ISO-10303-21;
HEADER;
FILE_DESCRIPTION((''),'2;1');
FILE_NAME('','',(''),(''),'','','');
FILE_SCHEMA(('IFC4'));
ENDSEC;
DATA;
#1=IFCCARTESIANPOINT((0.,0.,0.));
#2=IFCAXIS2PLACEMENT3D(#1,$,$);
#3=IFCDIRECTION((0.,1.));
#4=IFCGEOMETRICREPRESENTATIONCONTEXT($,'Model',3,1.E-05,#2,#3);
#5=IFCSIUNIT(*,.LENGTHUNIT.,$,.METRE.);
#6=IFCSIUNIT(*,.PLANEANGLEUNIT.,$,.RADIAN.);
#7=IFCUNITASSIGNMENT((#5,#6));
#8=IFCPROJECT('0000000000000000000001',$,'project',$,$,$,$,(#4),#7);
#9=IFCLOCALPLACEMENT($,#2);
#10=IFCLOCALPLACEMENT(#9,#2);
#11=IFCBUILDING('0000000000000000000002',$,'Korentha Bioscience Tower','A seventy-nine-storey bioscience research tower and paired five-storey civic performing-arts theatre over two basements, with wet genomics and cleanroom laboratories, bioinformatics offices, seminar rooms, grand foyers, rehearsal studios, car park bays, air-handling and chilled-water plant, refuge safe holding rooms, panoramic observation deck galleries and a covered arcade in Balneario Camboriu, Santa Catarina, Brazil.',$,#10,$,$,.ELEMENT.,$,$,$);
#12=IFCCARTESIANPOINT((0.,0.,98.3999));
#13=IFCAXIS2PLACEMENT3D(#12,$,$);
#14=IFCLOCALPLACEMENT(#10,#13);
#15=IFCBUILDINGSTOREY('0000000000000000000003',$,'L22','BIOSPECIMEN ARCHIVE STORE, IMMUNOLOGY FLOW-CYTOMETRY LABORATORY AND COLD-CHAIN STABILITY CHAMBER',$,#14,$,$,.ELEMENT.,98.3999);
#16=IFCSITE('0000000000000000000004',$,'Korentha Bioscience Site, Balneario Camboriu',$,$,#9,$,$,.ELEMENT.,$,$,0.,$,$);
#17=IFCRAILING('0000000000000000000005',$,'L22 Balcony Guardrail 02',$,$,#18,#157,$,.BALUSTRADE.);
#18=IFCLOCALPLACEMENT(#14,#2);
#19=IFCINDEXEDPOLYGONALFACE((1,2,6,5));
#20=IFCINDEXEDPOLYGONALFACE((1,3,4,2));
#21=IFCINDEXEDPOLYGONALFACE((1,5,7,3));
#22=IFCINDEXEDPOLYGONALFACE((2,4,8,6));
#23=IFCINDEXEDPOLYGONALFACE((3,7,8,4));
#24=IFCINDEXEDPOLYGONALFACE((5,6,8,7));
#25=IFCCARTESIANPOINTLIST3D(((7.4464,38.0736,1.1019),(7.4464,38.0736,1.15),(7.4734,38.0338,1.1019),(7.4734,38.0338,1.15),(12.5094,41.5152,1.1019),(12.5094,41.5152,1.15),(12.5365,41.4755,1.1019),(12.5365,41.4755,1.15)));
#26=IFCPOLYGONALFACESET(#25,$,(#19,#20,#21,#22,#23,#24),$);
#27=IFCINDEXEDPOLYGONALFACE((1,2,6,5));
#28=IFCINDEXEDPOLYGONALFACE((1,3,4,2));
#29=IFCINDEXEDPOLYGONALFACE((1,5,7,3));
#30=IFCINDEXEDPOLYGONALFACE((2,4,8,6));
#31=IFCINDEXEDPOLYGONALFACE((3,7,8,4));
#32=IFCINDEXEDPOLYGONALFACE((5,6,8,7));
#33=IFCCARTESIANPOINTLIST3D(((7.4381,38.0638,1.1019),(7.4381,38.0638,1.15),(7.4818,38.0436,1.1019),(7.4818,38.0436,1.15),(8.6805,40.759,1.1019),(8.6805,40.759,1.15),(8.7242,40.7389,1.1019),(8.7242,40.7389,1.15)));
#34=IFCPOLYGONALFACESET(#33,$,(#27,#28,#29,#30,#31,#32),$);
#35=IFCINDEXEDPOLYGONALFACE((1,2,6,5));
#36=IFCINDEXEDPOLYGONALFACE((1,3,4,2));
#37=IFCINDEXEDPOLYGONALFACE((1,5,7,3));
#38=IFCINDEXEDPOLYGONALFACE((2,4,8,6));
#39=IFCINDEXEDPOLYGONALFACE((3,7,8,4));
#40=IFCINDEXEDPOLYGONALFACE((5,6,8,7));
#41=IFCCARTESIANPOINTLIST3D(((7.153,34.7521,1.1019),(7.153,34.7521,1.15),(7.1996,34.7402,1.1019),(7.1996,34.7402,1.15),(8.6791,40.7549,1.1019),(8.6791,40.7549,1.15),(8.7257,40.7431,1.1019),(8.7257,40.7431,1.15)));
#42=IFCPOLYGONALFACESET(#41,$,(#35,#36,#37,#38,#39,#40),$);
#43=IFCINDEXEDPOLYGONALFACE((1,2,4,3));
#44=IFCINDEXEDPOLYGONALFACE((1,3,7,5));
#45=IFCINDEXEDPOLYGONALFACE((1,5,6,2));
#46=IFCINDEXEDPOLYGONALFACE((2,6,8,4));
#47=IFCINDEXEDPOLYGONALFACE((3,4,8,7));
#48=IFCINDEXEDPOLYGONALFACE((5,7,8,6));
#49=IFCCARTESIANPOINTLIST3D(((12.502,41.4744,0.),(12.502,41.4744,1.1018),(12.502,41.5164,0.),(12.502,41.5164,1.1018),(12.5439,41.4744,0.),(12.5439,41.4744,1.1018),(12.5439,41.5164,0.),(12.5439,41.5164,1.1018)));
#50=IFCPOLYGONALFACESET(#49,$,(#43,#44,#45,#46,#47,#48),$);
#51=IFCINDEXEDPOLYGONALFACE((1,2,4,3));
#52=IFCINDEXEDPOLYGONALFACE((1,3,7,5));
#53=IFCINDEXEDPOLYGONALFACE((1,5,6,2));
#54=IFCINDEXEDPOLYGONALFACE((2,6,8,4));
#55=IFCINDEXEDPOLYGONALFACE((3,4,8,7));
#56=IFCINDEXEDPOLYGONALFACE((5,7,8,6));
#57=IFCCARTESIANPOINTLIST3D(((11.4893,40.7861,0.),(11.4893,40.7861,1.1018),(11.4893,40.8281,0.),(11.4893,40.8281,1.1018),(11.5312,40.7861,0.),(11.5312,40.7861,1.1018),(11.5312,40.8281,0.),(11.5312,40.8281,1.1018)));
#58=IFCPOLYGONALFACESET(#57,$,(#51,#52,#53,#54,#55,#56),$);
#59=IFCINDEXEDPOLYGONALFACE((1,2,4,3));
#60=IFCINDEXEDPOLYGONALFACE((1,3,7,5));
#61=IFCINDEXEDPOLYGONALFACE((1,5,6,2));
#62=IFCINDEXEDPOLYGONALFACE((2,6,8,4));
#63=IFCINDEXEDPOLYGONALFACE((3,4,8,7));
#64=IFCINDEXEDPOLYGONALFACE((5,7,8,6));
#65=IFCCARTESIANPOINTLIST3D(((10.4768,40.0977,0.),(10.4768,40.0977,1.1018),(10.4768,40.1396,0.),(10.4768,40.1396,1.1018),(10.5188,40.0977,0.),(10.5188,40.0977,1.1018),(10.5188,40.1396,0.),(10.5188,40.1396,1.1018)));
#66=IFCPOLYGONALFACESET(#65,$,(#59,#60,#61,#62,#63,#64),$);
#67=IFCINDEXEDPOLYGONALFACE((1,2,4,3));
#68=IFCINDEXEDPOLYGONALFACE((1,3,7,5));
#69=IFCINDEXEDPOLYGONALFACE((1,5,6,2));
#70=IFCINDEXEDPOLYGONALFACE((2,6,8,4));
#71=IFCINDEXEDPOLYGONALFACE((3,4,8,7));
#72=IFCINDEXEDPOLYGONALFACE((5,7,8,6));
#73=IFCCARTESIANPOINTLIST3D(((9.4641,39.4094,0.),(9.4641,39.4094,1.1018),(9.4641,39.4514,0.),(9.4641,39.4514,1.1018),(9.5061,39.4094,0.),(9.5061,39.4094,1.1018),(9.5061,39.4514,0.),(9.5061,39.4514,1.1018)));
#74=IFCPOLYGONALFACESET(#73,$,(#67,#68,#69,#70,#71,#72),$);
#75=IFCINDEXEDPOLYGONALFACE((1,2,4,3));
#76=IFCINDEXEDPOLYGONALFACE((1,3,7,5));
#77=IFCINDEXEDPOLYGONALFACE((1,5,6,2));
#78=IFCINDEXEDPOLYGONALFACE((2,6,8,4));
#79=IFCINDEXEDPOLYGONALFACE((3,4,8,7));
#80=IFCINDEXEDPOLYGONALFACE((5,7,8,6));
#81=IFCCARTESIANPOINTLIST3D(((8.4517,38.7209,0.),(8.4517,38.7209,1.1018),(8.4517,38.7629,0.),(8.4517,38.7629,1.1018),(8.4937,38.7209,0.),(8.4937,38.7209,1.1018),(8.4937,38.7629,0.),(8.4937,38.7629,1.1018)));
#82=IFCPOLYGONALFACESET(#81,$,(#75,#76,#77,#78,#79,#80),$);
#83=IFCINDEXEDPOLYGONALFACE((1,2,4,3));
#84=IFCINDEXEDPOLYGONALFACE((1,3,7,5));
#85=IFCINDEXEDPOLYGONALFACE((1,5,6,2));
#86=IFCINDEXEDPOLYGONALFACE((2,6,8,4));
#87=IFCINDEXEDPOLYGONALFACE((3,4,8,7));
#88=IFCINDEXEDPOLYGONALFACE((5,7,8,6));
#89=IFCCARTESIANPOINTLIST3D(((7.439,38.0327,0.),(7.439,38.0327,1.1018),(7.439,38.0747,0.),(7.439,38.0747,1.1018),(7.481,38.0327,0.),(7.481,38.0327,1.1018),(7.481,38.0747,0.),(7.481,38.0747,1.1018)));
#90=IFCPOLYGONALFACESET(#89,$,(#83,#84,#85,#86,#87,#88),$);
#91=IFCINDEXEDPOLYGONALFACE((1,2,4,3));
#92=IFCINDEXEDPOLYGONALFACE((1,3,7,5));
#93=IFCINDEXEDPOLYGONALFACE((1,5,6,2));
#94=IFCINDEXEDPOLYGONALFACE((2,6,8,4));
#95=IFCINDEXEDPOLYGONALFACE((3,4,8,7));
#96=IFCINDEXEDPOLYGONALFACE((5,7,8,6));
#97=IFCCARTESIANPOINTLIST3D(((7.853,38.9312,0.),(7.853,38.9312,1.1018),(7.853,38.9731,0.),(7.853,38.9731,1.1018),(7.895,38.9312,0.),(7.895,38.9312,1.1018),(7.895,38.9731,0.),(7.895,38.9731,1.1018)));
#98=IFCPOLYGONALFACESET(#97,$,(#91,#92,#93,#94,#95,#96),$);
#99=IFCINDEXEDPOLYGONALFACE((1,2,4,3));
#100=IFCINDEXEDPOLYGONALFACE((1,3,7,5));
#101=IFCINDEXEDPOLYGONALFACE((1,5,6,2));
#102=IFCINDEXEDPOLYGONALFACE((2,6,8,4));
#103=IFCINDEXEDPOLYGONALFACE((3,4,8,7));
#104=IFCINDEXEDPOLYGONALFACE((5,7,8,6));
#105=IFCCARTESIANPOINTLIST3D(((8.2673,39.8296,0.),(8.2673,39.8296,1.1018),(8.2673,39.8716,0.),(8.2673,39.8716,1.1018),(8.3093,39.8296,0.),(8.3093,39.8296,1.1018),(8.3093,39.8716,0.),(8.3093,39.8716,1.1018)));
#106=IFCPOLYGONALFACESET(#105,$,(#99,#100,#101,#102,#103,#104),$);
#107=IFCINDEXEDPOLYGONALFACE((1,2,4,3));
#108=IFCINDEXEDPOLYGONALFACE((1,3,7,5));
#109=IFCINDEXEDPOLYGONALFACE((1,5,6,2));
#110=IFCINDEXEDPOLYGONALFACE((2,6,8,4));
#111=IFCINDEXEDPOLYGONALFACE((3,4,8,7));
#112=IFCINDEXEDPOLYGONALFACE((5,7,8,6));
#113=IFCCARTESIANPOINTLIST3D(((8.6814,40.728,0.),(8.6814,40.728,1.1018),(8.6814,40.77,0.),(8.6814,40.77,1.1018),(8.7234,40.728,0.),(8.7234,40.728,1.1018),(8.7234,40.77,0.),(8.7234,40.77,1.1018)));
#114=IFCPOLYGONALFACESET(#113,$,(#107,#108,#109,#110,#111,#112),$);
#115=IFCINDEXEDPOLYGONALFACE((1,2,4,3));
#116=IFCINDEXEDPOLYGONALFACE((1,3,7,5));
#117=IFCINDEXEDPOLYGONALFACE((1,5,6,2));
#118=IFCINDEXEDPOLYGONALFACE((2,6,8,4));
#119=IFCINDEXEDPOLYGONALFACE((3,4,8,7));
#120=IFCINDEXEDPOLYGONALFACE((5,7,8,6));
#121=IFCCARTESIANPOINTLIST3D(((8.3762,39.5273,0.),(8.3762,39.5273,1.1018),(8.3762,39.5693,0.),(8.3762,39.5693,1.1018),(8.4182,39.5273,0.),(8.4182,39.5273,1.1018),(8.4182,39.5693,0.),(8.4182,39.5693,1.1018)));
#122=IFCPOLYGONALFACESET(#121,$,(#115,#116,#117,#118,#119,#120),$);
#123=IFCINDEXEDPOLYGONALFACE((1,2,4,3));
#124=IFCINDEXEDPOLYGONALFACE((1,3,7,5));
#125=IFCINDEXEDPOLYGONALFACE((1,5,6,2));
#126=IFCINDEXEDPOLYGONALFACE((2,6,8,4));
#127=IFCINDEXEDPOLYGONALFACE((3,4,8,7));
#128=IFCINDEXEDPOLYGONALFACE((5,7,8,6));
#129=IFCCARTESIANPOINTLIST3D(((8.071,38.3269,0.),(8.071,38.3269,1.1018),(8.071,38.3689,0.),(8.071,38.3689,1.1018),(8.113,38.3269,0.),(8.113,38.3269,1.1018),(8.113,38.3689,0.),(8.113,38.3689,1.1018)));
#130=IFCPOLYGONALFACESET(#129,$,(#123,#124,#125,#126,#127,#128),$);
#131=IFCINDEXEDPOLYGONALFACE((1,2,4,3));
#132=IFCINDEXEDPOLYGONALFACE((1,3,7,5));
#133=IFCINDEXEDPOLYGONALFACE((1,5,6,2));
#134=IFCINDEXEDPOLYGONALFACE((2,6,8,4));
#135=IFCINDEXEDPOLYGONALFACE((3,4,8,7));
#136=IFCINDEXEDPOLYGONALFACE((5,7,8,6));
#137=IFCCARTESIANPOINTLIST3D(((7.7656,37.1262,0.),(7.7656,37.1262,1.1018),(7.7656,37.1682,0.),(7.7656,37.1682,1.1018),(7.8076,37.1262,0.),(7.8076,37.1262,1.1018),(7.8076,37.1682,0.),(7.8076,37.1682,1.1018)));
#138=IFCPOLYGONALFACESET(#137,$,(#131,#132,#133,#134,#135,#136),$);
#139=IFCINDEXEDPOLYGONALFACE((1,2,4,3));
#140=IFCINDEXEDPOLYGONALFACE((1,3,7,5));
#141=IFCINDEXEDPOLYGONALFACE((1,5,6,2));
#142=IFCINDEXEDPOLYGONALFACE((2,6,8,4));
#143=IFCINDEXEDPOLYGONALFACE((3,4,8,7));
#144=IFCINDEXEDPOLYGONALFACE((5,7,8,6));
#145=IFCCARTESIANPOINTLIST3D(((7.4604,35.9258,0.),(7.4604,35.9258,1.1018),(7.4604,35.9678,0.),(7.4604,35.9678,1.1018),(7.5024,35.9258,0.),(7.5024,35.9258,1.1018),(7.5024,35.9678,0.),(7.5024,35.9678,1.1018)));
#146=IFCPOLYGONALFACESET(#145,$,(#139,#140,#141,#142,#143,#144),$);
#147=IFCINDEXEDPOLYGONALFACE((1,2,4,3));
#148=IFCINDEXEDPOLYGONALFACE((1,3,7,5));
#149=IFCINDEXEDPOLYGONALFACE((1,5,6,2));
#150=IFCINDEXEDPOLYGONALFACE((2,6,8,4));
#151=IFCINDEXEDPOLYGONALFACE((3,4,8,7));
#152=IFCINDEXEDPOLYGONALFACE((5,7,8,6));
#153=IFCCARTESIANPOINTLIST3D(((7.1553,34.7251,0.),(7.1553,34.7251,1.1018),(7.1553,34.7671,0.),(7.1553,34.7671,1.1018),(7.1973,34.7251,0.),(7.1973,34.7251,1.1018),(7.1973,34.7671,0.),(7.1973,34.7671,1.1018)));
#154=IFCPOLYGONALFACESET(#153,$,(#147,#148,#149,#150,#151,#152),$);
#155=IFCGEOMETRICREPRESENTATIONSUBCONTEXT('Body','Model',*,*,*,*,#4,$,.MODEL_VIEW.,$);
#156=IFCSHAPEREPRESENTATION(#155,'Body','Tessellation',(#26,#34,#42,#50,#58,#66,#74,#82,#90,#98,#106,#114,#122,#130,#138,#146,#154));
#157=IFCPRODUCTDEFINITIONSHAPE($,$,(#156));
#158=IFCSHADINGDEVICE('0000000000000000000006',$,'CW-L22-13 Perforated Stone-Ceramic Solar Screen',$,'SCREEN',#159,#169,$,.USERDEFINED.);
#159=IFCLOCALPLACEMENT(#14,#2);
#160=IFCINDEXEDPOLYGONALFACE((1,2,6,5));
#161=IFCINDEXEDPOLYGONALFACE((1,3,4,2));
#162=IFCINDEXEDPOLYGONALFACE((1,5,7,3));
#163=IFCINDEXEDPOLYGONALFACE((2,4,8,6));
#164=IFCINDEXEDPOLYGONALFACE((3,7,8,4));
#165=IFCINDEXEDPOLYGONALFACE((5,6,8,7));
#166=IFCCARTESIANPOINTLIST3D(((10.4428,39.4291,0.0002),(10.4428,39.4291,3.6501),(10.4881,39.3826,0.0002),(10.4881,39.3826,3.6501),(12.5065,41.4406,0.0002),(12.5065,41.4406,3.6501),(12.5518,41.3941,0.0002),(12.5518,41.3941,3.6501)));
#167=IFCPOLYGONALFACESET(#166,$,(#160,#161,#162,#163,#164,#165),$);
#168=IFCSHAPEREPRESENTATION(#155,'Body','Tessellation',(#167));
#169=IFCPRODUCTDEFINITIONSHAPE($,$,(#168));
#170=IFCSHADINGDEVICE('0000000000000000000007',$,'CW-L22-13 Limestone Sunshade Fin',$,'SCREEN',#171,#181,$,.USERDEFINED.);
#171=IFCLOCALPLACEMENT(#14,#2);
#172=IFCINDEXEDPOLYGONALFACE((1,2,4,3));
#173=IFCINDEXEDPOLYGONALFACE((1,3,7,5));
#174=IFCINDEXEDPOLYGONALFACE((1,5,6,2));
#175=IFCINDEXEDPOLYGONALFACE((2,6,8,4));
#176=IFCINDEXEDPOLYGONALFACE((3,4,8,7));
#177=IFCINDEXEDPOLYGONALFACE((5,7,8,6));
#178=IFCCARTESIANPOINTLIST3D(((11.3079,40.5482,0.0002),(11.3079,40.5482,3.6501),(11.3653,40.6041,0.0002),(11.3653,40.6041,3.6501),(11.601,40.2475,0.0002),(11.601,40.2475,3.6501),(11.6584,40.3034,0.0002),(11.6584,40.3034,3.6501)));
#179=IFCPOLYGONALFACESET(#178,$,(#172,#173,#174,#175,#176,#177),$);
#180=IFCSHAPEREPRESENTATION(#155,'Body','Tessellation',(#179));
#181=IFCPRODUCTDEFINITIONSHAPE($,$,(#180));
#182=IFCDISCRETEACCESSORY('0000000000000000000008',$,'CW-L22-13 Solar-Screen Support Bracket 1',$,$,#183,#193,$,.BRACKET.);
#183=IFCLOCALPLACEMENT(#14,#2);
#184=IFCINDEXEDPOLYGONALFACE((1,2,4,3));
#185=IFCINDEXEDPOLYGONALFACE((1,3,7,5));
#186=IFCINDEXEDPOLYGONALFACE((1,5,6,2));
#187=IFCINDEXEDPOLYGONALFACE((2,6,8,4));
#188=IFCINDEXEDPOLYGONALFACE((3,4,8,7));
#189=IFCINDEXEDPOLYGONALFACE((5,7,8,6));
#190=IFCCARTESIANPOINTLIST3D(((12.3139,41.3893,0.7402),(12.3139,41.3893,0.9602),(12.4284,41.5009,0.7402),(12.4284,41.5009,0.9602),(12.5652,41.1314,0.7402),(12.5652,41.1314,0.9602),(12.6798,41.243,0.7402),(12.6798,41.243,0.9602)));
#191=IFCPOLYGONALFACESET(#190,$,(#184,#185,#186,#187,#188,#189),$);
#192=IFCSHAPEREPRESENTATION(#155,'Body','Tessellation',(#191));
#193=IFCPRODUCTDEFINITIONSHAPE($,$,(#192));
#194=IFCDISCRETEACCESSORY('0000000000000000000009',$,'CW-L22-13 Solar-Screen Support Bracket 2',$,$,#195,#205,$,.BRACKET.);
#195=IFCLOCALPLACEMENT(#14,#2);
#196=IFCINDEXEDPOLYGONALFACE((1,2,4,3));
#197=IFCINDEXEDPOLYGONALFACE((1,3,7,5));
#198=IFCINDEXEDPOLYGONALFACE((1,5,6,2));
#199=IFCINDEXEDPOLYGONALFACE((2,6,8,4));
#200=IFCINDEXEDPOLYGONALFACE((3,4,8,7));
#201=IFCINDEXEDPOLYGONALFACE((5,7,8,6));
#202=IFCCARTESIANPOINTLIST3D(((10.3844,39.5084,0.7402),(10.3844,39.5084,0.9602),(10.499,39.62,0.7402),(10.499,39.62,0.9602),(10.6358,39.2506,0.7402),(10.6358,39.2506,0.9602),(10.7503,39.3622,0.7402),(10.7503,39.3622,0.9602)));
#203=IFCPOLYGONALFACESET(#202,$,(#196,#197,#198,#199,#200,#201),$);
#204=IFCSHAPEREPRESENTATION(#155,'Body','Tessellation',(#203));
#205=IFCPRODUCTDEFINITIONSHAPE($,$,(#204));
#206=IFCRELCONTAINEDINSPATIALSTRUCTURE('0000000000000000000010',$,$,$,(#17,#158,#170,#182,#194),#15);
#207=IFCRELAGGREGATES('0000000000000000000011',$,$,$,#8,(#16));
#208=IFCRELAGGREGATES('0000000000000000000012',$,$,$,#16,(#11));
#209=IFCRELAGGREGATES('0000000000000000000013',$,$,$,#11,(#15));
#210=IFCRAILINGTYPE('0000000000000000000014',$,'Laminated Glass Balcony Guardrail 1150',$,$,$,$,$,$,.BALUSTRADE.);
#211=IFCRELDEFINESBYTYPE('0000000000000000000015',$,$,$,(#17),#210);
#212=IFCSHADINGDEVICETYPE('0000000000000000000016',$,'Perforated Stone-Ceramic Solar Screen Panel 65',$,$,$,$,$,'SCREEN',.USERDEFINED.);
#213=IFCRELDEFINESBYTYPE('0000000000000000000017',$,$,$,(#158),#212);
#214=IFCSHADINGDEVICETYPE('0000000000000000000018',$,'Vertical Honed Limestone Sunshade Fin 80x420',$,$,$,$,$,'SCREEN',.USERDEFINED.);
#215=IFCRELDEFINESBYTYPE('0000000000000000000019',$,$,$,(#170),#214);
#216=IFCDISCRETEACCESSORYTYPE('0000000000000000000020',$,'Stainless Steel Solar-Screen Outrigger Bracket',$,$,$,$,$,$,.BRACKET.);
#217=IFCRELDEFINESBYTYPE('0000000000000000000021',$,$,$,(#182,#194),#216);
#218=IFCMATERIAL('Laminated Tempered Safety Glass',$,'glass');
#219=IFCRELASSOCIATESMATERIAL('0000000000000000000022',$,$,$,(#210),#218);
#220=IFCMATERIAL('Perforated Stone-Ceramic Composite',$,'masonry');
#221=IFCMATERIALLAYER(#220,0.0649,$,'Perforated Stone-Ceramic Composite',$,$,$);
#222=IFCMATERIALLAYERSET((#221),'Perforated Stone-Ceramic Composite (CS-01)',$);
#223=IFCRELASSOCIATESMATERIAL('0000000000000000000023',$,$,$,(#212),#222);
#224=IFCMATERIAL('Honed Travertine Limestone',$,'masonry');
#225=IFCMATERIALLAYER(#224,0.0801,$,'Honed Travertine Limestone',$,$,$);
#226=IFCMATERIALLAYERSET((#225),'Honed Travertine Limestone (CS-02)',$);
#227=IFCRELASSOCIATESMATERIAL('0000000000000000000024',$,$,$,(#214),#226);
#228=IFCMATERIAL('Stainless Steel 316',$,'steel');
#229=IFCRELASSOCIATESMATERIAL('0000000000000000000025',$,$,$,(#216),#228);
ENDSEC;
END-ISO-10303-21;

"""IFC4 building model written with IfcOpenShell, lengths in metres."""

from ifc_helpers import new_model, si_unit, direction, frame, origin, origin_2d, place, context, subcontext, project, spatial, rectangle, extrude, material, layer, layer_set, type_object, element, save


model = new_model("IFC4")

# Units and contexts
model_context = context("Model", 3, precision=1e-05, world=origin(), true_north=direction((0.0, 1.0)))
body_context = subcontext(model_context, "Body", "Model", "MODEL_VIEW")
ifc_project = project(units=[si_unit("LENGTHUNIT", "METRE"), si_unit("PLANEANGLEUNIT", "RADIAN")], contexts=[model_context])

# Site, building, storey
site_placement = place(None, origin())
site = spatial("IfcSite", under=ifc_project, at=site_placement, Name="Korentha Bioscience Site, Balneario Camboriu", CompositionType="ELEMENT", RefElevation=0.0)
building_placement = place(site_placement, origin())
building = spatial("IfcBuilding", under=site, at=building_placement, Name="Korentha Bioscience Tower", Description="A seventy-nine-storey bioscience research tower and paired five-storey civic performing-arts theatre over two basements, with wet genomics and cleanroom laboratories, bioinformatics offices, seminar rooms, grand foyers, rehearsal studios, car park bays, air-handling and chilled-water plant, refuge safe holding rooms, panoramic observation deck galleries and a covered arcade in Balneario Camboriu, Santa Catarina, Brazil.", CompositionType="ELEMENT")
storey_placement = place(building_placement, frame((0.0, 0.0, 98.3999)))
storey = spatial("IfcBuildingStorey", under=building, at=storey_placement, Name="L22", Description="BIOSPECIMEN ARCHIVE STORE, IMMUNOLOGY FLOW-CYTOMETRY LABORATORY AND COLD-CHAIN STABILITY CHAMBER", CompositionType="ELEMENT", Elevation=98.3999)

# Railing
ifc_material_1 = material(Name="Laminated Tempered Safety Glass", Category="glass")
railing_type = type_object("IfcRailingType", Name="Laminated Glass Balcony Guardrail 1150", PredefinedType="BALUSTRADE", material=ifc_material_1)
railing_placement = place(storey_placement, frame((12.5229, 41.4954, 0.0)))
element("IfcRailing", 1, at=railing_placement, inside=storey, type_object=railing_type, Name="L22 Balcony Guardrail 02", PredefinedType="BALUSTRADE", context=body_context, shape_type="SweptSolid", body=[
    extrude(rectangle(XDim=0.0481, YDim=0.0481, at=origin_2d()), frame((0.0, 0.0, 1.126), z_axis=(-0.827016, -0.562178, 0.0), x_axis=(0.562178, -0.827016, 0.0)), (0.0, 0.0, 1.0), 6.1221),
    extrude(rectangle(XDim=0.0481, YDim=0.0481, at=origin_2d()), frame((-5.063, -3.4417, 1.126), z_axis=(0.418625, 0.908159, 0.0), x_axis=(-0.908159, 0.418625, 0.0)), (0.0, 0.0, 1.0), 2.9678),
    extrude(rectangle(XDim=0.0481, YDim=0.0481, at=origin_2d()), frame((-3.8206, -0.7463, 1.126), z_axis=(-0.246392, -0.96917, 0.0), x_axis=(0.96917, -0.246392, 0.0)), (0.0, 0.0, 1.0), 6.1938),
    extrude(rectangle(XDim=0.042, YDim=0.042, at=origin_2d()), origin(), (0.0, 0.0, 1.0), 1.1018),
    extrude(rectangle(XDim=0.042, YDim=0.042, at=origin_2d()), frame((-1.0127, -0.6882, 0.0)), (0.0, 0.0, 1.0), 1.1018),
    extrude(rectangle(XDim=0.042, YDim=0.042, at=origin_2d()), frame((-2.0251, -1.3767, 0.0)), (0.0, 0.0, 1.0), 1.1018),
    extrude(rectangle(XDim=0.042, YDim=0.042, at=origin_2d()), frame((-3.0378, -2.0649, 0.0)), (0.0, 0.0, 1.0), 1.1018),
    extrude(rectangle(XDim=0.042, YDim=0.042, at=origin_2d()), frame((-4.0503, -2.7534, 0.0)), (0.0, 0.0, 1.0), 1.1018),
    extrude(rectangle(XDim=0.042, YDim=0.042, at=origin_2d()), frame((-5.063, -3.4417, 0.0)), (0.0, 0.0, 1.0), 1.1018),
    extrude(rectangle(XDim=0.042, YDim=0.042, at=origin_2d()), frame((-4.6489, -2.5432, 0.0)), (0.0, 0.0, 1.0), 1.1018),
    extrude(rectangle(XDim=0.042, YDim=0.042, at=origin_2d()), frame((-4.2346, -1.6448, 0.0)), (0.0, 0.0, 1.0), 1.1018),
    extrude(rectangle(XDim=0.042, YDim=0.042, at=origin_2d()), frame((-3.8206, -0.7463, 0.0)), (0.0, 0.0, 1.0), 1.1018),
    extrude(rectangle(XDim=0.042, YDim=0.042, at=origin_2d()), frame((-4.1257, -1.947, 0.0)), (0.0, 0.0, 1.0), 1.1018),
    extrude(rectangle(XDim=0.042, YDim=0.042, at=origin_2d()), frame((-4.4309, -3.1475, 0.0)), (0.0, 0.0, 1.0), 1.1018),
    extrude(rectangle(XDim=0.042, YDim=0.042, at=origin_2d()), frame((-4.7363, -4.3481, 0.0)), (0.0, 0.0, 1.0), 1.1018),
    extrude(rectangle(XDim=0.042, YDim=0.042, at=origin_2d()), frame((-5.0415, -5.5486, 0.0)), (0.0, 0.0, 1.0), 1.1018),
    extrude(rectangle(XDim=0.042, YDim=0.042, at=origin_2d()), frame((-5.3467, -6.7493, 0.0)), (0.0, 0.0, 1.0), 1.1018),
])

# Shading devices
ifc_material_2 = material(Name="Perforated Stone-Ceramic Composite", Category="masonry")
ifc_layer_1 = layer(ifc_material_2, 0.0649, Name="Perforated Stone-Ceramic Composite")
ifc_layer_set_1 = layer_set([ifc_layer_1], Name="Perforated Stone-Ceramic Composite (CS-01)")
shading_device_type_1 = type_object("IfcShadingDeviceType", Name="Perforated Stone-Ceramic Solar Screen Panel 65", ElementType="SCREEN", PredefinedType="USERDEFINED", material=ifc_layer_set_1)
shading_device_1_placement = place(storey_placement, frame((11.4973, 40.4116, 0.0002), z_axis=(0.0, 0.0, 1.0), x_axis=(-0.716096, -0.698002, 0.0)))
element("IfcShadingDevice", 2, at=shading_device_1_placement, inside=storey, type_object=shading_device_type_1, Name="CW-L22-13 Perforated Stone-Ceramic Solar Screen", ObjectType="SCREEN", PredefinedType="USERDEFINED", context=body_context, shape_type="SweptSolid", body=[
    extrude(rectangle(XDim=2.8818, YDim=0.0649, at=origin_2d()), origin(), (0.0, 0.0, 1.0), 3.6499),
])
ifc_material_3 = material(Name="Honed Travertine Limestone", Category="masonry")
ifc_layer_2 = layer(ifc_material_3, 0.0801, Name="Honed Travertine Limestone")
ifc_layer_set_2 = layer_set([ifc_layer_2], Name="Honed Travertine Limestone (CS-02)")
shading_device_type_2 = type_object("IfcShadingDeviceType", Name="Vertical Honed Limestone Sunshade Fin 80x420", ElementType="SCREEN", PredefinedType="USERDEFINED", material=ifc_layer_set_2)
shading_device_2_placement = place(storey_placement, frame((11.4832, 40.4258, 0.0002), z_axis=(0.0, 0.0, 1.0), x_axis=(-0.716096, -0.698002, 0.0)))
element("IfcShadingDevice", 3, at=shading_device_2_placement, inside=storey, type_object=shading_device_type_2, Name="CW-L22-13 Limestone Sunshade Fin", ObjectType="SCREEN", PredefinedType="USERDEFINED", context=body_context, shape_type="SweptSolid", body=[
    extrude(rectangle(XDim=0.0801, YDim=0.4199, at=origin_2d()), origin(), (0.0, 0.0, 1.0), 3.6499),
])

# Discrete accessories
ifc_material_4 = material(Name="Stainless Steel 316", Category="steel")
discrete_accessory_type = type_object("IfcDiscreteAccessoryType", Name="Stainless Steel Solar-Screen Outrigger Bracket", PredefinedType="BRACKET", material=ifc_material_4)
for number, where, z_axis, x_axis, name in (
    (4, (12.4968, 41.3162, 0.7402), (0.0, 0.0, 1.0), (-0.716096, -0.698002, 0.0), "CW-L22-13 Solar-Screen Support Bracket 1"),
    (5, (10.5674, 39.4353, 0.7402), (0.0, 0.0, 1.0), (-0.716096, -0.698002, 0.0), "CW-L22-13 Solar-Screen Support Bracket 2"),
):
    element("IfcDiscreteAccessory", number, at=place(storey_placement, frame(where, z_axis=z_axis, x_axis=x_axis)), inside=storey, type_object=discrete_accessory_type, Name=name, PredefinedType="BRACKET", context=body_context, shape_type="SweptSolid", body=[
        extrude(rectangle(XDim=0.1599, YDim=0.3601, at=origin_2d()), origin(), (0.0, 0.0, 1.0), 0.22),
    ])

save(model, "model.ifc")
